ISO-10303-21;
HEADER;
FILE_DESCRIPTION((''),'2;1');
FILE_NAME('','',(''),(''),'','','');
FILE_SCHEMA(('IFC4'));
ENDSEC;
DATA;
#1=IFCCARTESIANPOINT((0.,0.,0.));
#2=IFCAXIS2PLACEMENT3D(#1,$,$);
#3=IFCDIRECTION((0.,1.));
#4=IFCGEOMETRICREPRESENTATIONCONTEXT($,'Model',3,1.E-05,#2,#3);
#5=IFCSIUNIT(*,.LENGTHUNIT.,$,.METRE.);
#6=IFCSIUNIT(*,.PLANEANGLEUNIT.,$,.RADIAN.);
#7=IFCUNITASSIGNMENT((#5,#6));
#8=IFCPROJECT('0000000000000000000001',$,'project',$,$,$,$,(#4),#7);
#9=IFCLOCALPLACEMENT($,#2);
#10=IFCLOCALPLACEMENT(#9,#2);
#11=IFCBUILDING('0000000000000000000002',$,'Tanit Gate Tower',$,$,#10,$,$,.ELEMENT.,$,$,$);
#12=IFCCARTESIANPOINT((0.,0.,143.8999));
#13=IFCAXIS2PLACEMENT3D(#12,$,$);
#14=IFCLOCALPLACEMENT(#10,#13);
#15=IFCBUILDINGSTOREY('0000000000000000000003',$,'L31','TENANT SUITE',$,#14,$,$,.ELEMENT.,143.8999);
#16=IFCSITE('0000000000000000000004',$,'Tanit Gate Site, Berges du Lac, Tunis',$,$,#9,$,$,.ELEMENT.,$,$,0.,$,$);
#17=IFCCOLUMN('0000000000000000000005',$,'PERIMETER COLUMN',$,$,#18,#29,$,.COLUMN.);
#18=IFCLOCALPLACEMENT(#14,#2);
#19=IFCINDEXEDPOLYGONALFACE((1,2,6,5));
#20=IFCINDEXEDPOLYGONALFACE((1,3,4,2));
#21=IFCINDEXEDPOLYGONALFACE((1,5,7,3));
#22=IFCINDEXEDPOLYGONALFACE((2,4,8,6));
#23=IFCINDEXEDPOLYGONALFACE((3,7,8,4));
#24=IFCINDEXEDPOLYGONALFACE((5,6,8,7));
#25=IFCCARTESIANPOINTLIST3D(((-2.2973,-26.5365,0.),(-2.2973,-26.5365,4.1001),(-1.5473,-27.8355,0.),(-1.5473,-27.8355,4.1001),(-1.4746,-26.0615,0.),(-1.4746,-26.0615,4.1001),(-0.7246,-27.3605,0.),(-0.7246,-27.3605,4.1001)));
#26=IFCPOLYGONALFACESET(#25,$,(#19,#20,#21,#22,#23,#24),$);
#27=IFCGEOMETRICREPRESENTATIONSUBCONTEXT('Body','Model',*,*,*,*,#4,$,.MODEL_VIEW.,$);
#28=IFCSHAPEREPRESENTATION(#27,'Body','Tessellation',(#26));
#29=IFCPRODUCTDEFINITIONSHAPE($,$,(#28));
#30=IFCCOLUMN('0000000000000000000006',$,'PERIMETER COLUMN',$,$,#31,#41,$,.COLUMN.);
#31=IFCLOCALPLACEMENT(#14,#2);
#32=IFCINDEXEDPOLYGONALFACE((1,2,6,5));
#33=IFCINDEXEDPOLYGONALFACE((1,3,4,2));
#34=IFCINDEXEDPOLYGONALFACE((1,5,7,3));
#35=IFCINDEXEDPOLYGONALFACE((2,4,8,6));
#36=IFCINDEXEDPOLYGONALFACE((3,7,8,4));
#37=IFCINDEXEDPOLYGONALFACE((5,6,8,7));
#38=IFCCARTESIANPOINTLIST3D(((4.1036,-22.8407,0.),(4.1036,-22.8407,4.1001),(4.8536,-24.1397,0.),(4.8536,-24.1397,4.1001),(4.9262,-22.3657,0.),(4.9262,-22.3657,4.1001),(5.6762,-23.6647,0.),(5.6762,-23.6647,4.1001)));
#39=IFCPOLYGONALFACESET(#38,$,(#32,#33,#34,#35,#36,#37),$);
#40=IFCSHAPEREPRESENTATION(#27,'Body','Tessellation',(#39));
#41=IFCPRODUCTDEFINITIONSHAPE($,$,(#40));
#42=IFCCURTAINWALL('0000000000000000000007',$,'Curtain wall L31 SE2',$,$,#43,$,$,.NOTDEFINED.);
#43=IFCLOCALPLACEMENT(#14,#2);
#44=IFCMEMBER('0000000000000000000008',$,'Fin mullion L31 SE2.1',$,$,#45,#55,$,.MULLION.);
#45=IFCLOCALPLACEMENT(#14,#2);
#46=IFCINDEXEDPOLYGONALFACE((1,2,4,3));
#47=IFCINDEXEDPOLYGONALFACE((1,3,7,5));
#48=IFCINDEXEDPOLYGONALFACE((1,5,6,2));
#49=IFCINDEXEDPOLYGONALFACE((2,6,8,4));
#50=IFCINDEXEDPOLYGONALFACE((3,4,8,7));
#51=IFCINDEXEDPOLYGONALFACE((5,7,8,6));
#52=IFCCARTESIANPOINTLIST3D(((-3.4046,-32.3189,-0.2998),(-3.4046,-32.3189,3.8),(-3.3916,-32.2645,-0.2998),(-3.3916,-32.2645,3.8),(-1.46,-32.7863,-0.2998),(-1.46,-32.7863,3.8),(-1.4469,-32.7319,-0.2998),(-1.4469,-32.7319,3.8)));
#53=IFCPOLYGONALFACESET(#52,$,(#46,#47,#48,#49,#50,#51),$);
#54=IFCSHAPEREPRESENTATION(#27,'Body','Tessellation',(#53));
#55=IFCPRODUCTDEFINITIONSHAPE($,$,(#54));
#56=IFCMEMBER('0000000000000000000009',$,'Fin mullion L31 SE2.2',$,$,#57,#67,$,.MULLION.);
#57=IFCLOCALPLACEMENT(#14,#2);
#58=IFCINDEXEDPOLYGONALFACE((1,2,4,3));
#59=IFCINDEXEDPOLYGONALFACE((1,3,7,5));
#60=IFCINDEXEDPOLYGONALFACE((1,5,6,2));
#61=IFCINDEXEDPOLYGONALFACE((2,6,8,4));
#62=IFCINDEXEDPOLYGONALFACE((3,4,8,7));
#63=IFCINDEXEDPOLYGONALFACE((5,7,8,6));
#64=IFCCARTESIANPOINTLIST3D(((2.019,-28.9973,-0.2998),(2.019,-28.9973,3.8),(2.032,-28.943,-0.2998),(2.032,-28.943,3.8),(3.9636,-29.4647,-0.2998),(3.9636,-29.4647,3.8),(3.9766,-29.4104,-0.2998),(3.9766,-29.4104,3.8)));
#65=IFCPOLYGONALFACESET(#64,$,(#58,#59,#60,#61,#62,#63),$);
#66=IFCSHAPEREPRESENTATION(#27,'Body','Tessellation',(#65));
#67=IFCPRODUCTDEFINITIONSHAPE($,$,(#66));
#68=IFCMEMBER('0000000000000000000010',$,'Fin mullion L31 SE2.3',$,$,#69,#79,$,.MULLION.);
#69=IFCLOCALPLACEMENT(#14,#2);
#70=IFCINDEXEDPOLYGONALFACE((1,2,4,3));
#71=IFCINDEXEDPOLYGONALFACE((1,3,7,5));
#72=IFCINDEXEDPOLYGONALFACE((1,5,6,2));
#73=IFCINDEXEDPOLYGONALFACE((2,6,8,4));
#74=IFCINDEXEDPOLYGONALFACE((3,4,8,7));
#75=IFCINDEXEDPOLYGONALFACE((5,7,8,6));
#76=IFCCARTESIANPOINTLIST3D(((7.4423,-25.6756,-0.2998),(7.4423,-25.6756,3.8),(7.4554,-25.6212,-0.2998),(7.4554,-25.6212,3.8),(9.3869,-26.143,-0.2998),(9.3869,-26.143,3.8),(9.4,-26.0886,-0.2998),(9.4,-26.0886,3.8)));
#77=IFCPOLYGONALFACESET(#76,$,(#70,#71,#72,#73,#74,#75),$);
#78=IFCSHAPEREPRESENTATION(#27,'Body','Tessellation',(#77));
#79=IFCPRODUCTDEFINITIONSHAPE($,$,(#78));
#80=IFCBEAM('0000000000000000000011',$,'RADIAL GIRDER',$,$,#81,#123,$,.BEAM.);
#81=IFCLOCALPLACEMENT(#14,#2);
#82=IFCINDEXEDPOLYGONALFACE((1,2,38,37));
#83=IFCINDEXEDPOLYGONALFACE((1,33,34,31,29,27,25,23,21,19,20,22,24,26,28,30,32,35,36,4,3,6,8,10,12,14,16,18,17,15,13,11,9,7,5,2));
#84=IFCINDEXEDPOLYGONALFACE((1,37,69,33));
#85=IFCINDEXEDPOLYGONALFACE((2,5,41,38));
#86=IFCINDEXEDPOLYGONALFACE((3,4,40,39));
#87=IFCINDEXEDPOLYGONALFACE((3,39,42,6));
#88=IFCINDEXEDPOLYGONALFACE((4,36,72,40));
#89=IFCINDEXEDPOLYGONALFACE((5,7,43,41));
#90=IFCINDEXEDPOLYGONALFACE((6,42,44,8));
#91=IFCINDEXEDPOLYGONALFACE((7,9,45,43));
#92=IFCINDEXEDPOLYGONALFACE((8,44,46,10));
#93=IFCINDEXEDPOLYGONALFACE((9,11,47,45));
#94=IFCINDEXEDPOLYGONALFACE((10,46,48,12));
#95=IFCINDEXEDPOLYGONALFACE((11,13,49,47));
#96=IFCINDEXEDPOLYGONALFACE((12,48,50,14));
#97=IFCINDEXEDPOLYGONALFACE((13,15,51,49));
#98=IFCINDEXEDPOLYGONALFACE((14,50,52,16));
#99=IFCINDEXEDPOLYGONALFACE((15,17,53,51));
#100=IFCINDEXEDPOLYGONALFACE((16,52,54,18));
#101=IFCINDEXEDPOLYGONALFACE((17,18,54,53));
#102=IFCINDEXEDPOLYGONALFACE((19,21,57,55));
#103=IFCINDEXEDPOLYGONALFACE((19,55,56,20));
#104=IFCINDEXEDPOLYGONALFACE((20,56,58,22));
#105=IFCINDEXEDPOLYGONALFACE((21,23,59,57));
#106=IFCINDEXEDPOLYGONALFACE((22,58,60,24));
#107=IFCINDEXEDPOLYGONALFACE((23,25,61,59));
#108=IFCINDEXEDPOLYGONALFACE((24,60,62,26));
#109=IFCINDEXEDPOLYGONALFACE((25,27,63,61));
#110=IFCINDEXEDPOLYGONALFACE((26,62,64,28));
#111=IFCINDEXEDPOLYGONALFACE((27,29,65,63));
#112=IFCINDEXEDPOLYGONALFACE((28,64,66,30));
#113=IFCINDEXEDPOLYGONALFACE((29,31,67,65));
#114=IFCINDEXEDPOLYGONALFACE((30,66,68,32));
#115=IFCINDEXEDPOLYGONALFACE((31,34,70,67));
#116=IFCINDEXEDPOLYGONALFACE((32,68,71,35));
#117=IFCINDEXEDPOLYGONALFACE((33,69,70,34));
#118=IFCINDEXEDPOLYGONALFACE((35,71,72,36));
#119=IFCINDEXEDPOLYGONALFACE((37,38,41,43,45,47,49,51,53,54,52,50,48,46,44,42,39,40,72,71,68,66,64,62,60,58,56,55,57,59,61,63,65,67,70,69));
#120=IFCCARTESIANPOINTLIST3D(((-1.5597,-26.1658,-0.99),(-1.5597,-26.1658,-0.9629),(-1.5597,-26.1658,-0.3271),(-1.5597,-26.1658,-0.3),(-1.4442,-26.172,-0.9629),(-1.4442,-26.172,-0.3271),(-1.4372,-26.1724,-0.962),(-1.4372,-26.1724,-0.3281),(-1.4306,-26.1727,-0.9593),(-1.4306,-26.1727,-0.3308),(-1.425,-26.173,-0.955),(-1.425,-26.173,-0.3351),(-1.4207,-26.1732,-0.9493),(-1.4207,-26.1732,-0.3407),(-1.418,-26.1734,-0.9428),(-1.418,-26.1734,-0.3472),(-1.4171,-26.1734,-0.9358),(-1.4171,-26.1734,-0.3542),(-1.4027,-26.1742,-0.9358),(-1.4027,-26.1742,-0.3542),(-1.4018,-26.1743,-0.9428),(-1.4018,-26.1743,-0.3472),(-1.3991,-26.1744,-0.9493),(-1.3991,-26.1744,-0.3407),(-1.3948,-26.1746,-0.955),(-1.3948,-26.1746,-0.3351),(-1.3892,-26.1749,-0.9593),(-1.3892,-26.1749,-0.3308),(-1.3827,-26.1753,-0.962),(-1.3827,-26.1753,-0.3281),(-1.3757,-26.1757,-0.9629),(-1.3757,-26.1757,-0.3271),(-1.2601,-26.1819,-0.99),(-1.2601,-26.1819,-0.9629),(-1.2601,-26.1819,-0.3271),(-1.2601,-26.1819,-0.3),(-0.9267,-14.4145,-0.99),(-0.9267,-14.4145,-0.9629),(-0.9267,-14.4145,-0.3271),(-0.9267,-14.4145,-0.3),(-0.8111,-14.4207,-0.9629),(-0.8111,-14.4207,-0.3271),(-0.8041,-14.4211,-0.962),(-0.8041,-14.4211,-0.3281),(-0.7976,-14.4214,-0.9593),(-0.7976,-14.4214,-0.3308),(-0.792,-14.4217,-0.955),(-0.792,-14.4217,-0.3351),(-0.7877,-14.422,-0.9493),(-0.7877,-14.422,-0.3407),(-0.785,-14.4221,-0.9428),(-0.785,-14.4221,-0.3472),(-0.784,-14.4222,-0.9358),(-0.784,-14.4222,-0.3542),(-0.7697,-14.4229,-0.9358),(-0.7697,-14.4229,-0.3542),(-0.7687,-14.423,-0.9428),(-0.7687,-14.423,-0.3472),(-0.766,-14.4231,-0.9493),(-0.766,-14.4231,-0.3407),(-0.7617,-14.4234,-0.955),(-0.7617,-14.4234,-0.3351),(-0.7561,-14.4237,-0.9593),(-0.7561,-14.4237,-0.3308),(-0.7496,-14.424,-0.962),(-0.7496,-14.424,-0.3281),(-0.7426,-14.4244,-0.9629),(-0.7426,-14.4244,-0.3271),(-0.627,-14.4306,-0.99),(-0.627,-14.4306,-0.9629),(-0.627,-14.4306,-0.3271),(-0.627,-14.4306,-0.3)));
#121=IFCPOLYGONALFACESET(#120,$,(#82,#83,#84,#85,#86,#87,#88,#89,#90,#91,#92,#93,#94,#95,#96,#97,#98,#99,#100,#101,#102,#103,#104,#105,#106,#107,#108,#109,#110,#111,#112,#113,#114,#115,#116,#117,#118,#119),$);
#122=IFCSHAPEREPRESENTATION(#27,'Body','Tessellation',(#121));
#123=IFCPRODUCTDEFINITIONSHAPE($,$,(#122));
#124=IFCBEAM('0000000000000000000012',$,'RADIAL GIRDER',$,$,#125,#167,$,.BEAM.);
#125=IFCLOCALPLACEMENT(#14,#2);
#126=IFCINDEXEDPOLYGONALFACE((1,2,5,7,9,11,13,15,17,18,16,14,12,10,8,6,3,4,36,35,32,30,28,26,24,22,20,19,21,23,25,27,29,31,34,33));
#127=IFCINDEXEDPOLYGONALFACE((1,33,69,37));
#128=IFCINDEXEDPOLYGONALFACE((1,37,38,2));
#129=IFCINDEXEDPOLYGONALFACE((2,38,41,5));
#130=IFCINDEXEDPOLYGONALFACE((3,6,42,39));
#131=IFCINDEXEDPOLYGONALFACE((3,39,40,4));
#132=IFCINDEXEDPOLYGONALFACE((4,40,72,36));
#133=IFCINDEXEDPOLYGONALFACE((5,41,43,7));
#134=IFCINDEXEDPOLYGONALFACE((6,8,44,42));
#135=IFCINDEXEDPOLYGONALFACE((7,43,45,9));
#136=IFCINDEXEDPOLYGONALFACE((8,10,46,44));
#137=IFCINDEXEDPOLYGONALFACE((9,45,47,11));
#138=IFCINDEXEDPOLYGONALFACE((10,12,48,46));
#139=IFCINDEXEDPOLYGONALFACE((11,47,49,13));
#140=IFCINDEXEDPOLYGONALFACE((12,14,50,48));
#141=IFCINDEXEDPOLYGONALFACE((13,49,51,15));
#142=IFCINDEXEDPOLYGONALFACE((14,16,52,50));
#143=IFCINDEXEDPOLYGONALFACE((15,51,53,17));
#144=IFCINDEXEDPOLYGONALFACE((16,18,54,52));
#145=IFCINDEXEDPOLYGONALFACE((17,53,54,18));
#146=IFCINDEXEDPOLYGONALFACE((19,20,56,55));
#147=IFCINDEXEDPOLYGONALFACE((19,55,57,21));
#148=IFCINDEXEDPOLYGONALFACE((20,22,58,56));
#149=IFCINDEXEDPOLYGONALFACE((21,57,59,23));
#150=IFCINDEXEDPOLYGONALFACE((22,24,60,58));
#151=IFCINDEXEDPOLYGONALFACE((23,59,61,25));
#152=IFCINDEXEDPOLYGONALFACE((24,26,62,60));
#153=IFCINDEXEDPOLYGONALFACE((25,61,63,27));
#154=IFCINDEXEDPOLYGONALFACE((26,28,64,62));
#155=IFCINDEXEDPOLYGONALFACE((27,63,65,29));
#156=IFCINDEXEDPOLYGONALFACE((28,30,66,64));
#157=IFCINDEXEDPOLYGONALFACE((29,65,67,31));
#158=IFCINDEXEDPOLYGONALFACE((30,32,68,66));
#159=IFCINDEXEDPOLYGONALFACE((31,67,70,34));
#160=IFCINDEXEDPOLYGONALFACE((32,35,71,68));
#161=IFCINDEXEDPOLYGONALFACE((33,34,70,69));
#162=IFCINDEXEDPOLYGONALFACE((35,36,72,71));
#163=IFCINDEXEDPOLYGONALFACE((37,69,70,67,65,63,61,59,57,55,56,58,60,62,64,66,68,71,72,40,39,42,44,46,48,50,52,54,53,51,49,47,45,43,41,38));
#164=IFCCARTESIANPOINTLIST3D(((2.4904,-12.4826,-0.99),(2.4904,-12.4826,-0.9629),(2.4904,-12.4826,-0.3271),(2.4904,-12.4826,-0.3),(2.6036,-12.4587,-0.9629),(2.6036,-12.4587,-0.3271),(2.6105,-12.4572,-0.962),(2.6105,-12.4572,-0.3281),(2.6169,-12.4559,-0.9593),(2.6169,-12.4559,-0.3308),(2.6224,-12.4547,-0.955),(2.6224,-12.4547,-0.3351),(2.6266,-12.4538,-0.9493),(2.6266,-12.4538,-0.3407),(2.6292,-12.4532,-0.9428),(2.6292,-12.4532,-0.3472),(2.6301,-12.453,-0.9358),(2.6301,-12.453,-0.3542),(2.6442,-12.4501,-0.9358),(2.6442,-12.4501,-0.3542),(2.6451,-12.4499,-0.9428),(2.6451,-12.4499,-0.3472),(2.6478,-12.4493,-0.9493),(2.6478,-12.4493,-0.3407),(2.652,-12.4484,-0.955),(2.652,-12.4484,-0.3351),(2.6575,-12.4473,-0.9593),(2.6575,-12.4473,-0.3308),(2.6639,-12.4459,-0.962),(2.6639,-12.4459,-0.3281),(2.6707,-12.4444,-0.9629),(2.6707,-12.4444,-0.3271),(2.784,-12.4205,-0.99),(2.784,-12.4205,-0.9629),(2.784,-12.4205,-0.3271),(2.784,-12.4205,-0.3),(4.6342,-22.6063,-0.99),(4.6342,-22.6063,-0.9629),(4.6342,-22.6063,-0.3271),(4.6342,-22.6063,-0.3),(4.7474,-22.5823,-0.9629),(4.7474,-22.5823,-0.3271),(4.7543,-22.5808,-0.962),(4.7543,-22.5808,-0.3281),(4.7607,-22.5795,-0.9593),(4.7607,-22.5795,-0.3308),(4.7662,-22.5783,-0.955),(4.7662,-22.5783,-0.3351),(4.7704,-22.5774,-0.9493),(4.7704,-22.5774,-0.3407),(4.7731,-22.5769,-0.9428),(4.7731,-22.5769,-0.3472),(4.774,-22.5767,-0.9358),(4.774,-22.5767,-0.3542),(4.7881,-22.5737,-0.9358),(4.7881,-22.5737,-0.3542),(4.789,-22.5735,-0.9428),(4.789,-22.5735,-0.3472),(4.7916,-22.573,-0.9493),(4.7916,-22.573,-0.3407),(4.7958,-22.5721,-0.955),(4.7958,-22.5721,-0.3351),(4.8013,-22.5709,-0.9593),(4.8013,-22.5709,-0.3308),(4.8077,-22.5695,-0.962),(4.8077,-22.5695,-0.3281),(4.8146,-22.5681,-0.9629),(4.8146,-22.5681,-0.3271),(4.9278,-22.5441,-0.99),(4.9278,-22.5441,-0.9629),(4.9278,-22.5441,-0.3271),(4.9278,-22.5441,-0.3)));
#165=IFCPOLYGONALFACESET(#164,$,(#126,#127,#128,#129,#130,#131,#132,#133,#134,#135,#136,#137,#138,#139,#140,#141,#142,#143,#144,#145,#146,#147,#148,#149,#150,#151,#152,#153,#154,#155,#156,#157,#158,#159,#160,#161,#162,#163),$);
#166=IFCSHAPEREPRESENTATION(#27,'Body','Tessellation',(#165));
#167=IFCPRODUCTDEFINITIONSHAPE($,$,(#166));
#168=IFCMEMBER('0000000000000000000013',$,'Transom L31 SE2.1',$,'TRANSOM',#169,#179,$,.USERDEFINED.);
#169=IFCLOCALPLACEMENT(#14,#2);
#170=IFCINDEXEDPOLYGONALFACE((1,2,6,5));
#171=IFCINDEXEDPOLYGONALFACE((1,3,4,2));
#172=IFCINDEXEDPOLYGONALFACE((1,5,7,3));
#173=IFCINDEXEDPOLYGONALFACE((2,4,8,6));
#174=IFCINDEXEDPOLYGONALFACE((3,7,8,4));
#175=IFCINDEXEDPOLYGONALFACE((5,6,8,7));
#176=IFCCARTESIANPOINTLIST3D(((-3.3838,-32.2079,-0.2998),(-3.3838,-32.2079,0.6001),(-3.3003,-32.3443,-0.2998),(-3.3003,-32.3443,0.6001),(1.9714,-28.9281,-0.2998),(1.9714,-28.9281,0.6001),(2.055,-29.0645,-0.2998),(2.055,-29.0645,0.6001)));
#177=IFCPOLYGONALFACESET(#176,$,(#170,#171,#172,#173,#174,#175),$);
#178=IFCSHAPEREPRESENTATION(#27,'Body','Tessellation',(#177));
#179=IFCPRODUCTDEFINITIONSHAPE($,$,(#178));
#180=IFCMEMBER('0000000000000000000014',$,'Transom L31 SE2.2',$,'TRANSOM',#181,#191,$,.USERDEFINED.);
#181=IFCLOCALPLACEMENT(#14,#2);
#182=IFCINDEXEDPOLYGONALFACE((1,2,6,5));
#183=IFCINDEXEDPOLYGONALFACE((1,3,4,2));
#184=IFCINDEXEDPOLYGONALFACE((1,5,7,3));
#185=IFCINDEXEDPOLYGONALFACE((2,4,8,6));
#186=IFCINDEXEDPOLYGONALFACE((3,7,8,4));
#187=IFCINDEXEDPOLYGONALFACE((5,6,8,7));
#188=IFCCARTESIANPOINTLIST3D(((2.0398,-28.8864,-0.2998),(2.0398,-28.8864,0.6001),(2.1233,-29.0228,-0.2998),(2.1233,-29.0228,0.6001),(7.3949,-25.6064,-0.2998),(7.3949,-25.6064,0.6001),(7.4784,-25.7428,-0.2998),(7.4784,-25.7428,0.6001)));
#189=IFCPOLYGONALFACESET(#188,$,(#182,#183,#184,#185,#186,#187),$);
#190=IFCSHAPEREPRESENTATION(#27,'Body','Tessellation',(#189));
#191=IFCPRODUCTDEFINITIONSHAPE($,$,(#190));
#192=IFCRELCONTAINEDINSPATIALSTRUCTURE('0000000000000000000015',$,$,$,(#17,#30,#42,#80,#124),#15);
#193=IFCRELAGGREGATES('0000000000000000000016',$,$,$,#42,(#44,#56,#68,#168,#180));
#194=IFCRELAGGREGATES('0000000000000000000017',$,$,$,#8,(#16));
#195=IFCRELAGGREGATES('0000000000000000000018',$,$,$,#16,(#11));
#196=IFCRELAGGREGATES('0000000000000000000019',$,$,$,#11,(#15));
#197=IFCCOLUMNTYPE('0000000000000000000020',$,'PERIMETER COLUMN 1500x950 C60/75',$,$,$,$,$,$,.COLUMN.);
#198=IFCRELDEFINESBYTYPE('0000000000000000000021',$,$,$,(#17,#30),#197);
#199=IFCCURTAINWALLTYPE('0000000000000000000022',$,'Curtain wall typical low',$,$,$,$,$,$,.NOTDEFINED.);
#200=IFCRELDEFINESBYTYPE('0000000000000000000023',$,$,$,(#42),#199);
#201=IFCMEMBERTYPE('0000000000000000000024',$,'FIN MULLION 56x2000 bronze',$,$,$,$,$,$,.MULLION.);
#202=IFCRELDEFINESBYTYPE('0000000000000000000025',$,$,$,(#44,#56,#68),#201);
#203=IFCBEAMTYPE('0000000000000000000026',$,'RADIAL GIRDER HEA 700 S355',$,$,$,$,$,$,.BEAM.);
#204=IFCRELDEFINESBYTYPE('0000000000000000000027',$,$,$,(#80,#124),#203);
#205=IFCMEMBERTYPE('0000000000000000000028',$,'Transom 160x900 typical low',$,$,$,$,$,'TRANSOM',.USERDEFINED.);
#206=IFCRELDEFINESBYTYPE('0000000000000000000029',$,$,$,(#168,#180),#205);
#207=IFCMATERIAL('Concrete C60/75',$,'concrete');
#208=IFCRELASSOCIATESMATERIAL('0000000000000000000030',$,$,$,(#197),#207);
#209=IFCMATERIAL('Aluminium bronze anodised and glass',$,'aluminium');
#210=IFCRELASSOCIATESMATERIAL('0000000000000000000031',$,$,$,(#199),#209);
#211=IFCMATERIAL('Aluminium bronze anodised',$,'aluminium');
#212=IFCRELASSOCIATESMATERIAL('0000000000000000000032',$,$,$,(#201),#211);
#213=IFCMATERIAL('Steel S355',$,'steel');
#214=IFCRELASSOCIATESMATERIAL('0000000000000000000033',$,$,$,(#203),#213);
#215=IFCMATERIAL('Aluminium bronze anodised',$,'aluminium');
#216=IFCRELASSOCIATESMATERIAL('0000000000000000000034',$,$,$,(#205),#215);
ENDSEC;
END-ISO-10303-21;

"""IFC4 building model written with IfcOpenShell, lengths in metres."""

from ifc_helpers import new_model, si_unit, direction, frame, origin, origin_2d, place, context, subcontext, project, spatial, rectangle, i_section, extrude, material, material_profile, profile_set, type_object, element, aggregate, save


model = new_model("IFC4")

# Units and contexts
model_context = context("Model", 3, precision=1e-05, world=origin(), true_north=direction((0.0, 1.0)))
body_context = subcontext(model_context, "Body", "Model", "MODEL_VIEW")
ifc_project = project(units=[si_unit("LENGTHUNIT", "METRE"), si_unit("PLANEANGLEUNIT", "RADIAN")], contexts=[model_context])

# Site, building, storey
site_placement = place(None, origin())
site = spatial("IfcSite", under=ifc_project, at=site_placement, Name="Tanit Gate Site, Berges du Lac, Tunis", CompositionType="ELEMENT", RefElevation=0.0)
building_placement = place(site_placement, origin())
building = spatial("IfcBuilding", under=site, at=building_placement, Name="Tanit Gate Tower", CompositionType="ELEMENT")
storey_placement = place(building_placement, frame((0.0, 0.0, 143.8999)))
storey = spatial("IfcBuildingStorey", under=building, at=storey_placement, Name="L31", Description="TENANT SUITE", CompositionType="ELEMENT", Elevation=143.8999)

# Columns
ifc_material_1 = material(Name="Concrete C60/75", Category="concrete")
ifc_material_profile_1 = material_profile(ifc_material_1, rectangle(XDim=1.5, YDim=0.95, at=origin_2d()), Name="RC 1500x950")
ifc_profile_set_1 = profile_set([ifc_material_profile_1], Name="Concrete C60/75")
column_type = type_object("IfcColumnType", Name="PERIMETER COLUMN 1500x950 C60/75", PredefinedType="COLUMN", material=ifc_profile_set_1)
for number, where, z_axis, x_axis, name in (
    (1, (-1.511, -26.9485, 0.0), (0.0, 0.0, 1.0), (0.5, -0.866025, 0.0), "PERIMETER COLUMN"),
    (2, (4.8899, -23.2527, 0.0), (0.0, 0.0, 1.0), (0.5, -0.866025, 0.0), "PERIMETER COLUMN"),
):
    element("IfcColumn", number, at=place(storey_placement, frame(where, z_axis=z_axis, x_axis=x_axis)), inside=storey, type_object=column_type, Name=name, PredefinedType="COLUMN", context=body_context, shape_type="SweptSolid", body=[
        extrude(rectangle(XDim=1.5, YDim=0.95, at=origin_2d()), origin(), (0.0, 0.0, 1.0), 4.1001),
    ])

# Curtain wall, members
ifc_material_2 = material(Name="Aluminium bronze anodised and glass", Category="aluminium")
curtain_wall_type = type_object("IfcCurtainWallType", Name="Curtain wall typical low", PredefinedType="NOTDEFINED", material=ifc_material_2)
curtain_wall_placement = place(storey_placement, origin())
curtain_wall = element("IfcCurtainWall", 3, at=curtain_wall_placement, inside=storey, type_object=curtain_wall_type, Name="Curtain wall L31 SE2", PredefinedType="NOTDEFINED")
ifc_material_3 = material(Name="Aluminium bronze anodised", Category="aluminium")
ifc_material_profile_2 = material_profile(ifc_material_3, rectangle(XDim=2.0, YDim=0.0559, at=origin_2d()), Name="56x2000 bronze fin mullion")
ifc_profile_set_2 = profile_set([ifc_material_profile_2], Name="Aluminium bronze anodised")
member_type_1 = type_object("IfcMemberType", Name="FIN MULLION 56x2000 bronze", PredefinedType="MULLION", material=ifc_profile_set_2)
member_1_placement = place(storey_placement, frame((-2.4258, -32.5254, -0.2998), z_axis=(0.0, 0.0, 1.0), x_axis=(-0.972311, 0.233691, 0.0)))
member_1 = element("IfcMember", 4, at=member_1_placement, type_object=member_type_1, Name="Fin mullion L31 SE2.1", PredefinedType="MULLION", context=body_context, shape_type="SweptSolid", body=[
    extrude(rectangle(XDim=2.0, YDim=0.0559, at=origin_2d()), origin(), (0.0, 0.0, 1.0), 4.0999),
])
member_2_placement = place(storey_placement, frame((2.9978, -29.2039, -0.2998), z_axis=(0.0, 0.0, 1.0), x_axis=(-0.972311, 0.233691, 0.0)))
member_2 = element("IfcMember", 5, at=member_2_placement, type_object=member_type_1, Name="Fin mullion L31 SE2.2", PredefinedType="MULLION", context=body_context, shape_type="SweptSolid", body=[
    extrude(rectangle(XDim=2.0, YDim=0.0559, at=origin_2d()), origin(), (0.0, 0.0, 1.0), 4.0999),
])
member_3_placement = place(storey_placement, frame((8.4211, -25.8821, -0.2998), z_axis=(0.0, 0.0, 1.0), x_axis=(-0.972311, 0.233691, 0.0)))
member_3 = element("IfcMember", 6, at=member_3_placement, type_object=member_type_1, Name="Fin mullion L31 SE2.3", PredefinedType="MULLION", context=body_context, shape_type="SweptSolid", body=[
    extrude(rectangle(XDim=2.0, YDim=0.0559, at=origin_2d()), origin(), (0.0, 0.0, 1.0), 4.0999),
])

# Beams
ifc_material_4 = material(Name="Steel S355", Category="steel")
ifc_material_profile_3 = material_profile(ifc_material_4, i_section(OverallWidth=0.3, OverallDepth=0.6899, WebThickness=0.0144, FlangeThickness=0.0271, FilletRadius=0.0271, at=origin_2d()), Name="HEA 700")
ifc_profile_set_3 = profile_set([ifc_material_profile_3], Name="Steel S355")
beam_type = type_object("IfcBeamType", Name="RADIAL GIRDER HEA 700 S355", PredefinedType="BEAM", material=ifc_profile_set_3)
beam_1_placement = place(storey_placement, frame((-1.4099, -26.1738, -0.645), z_axis=(0.053794, 0.998552, 0.0), x_axis=(-0.998552, 0.053794, 0.0)))
element("IfcBeam", 7, at=beam_1_placement, inside=storey, type_object=beam_type, Name="RADIAL GIRDER", PredefinedType="BEAM", context=body_context, shape_type="SweptSolid", body=[
    extrude(i_section(OverallWidth=0.3, OverallDepth=0.6899, WebThickness=0.0144, FlangeThickness=0.0271, FilletRadius=0.0271, at=origin_2d()), origin(), (0.0, 0.0, 1.0), 11.7683),
])
beam_2_placement = place(storey_placement, frame((4.781, -22.5752, -0.645), z_axis=(-0.20717, 0.978305, 0.0), x_axis=(-0.978305, -0.20717, 0.0)))
element("IfcBeam", 8, at=beam_2_placement, inside=storey, type_object=beam_type, Name="RADIAL GIRDER", PredefinedType="BEAM", context=body_context, shape_type="SweptSolid", body=[
    extrude(i_section(OverallWidth=0.3, OverallDepth=0.6899, WebThickness=0.0144, FlangeThickness=0.0271, FilletRadius=0.0271, at=origin_2d()), origin(), (0.0, 0.0, 1.0), 10.3481),
])

# Members
ifc_material_5 = material(Name="Aluminium bronze anodised", Category="aluminium")
ifc_material_profile_4 = material_profile(ifc_material_5, rectangle(XDim=0.1599, YDim=0.8999, at=origin_2d()), Name="160x900 bronze transom")
ifc_profile_set_4 = profile_set([ifc_material_profile_4], Name="Aluminium bronze anodised")
member_type_2 = type_object("IfcMemberType", Name="Transom 160x900 typical low", ElementType="TRANSOM", PredefinedType="USERDEFINED", material=ifc_profile_set_4)
member_4_placement = place(storey_placement, frame((-3.342, -32.2761, 0.1501), z_axis=(0.852775, 0.522279, 0.0), x_axis=(-0.522279, 0.852775, 0.0)))
member_4 = element("IfcMember", 9, at=member_4_placement, type_object=member_type_2, Name="Transom L31 SE2.1", ObjectType="TRANSOM", PredefinedType="USERDEFINED", context=body_context, shape_type="SweptSolid", body=[
    extrude(rectangle(XDim=0.1599, YDim=0.8999, at=origin_2d()), origin(), (0.0, 0.0, 1.0), 6.2798),
])
member_5_placement = place(storey_placement, frame((2.0815, -28.9546, 0.1501), z_axis=(0.852758, 0.522307, 0.0), x_axis=(-0.522307, 0.852758, 0.0)))
member_5 = element("IfcMember", 10, at=member_5_placement, type_object=member_type_2, Name="Transom L31 SE2.2", ObjectType="TRANSOM", PredefinedType="USERDEFINED", context=body_context, shape_type="SweptSolid", body=[
    extrude(rectangle(XDim=0.1599, YDim=0.8999, at=origin_2d()), origin(), (0.0, 0.0, 1.0), 6.2798),
])

aggregate(curtain_wall, [member_1, member_2, member_3, member_4, member_5])

save(model, "model.ifc")
